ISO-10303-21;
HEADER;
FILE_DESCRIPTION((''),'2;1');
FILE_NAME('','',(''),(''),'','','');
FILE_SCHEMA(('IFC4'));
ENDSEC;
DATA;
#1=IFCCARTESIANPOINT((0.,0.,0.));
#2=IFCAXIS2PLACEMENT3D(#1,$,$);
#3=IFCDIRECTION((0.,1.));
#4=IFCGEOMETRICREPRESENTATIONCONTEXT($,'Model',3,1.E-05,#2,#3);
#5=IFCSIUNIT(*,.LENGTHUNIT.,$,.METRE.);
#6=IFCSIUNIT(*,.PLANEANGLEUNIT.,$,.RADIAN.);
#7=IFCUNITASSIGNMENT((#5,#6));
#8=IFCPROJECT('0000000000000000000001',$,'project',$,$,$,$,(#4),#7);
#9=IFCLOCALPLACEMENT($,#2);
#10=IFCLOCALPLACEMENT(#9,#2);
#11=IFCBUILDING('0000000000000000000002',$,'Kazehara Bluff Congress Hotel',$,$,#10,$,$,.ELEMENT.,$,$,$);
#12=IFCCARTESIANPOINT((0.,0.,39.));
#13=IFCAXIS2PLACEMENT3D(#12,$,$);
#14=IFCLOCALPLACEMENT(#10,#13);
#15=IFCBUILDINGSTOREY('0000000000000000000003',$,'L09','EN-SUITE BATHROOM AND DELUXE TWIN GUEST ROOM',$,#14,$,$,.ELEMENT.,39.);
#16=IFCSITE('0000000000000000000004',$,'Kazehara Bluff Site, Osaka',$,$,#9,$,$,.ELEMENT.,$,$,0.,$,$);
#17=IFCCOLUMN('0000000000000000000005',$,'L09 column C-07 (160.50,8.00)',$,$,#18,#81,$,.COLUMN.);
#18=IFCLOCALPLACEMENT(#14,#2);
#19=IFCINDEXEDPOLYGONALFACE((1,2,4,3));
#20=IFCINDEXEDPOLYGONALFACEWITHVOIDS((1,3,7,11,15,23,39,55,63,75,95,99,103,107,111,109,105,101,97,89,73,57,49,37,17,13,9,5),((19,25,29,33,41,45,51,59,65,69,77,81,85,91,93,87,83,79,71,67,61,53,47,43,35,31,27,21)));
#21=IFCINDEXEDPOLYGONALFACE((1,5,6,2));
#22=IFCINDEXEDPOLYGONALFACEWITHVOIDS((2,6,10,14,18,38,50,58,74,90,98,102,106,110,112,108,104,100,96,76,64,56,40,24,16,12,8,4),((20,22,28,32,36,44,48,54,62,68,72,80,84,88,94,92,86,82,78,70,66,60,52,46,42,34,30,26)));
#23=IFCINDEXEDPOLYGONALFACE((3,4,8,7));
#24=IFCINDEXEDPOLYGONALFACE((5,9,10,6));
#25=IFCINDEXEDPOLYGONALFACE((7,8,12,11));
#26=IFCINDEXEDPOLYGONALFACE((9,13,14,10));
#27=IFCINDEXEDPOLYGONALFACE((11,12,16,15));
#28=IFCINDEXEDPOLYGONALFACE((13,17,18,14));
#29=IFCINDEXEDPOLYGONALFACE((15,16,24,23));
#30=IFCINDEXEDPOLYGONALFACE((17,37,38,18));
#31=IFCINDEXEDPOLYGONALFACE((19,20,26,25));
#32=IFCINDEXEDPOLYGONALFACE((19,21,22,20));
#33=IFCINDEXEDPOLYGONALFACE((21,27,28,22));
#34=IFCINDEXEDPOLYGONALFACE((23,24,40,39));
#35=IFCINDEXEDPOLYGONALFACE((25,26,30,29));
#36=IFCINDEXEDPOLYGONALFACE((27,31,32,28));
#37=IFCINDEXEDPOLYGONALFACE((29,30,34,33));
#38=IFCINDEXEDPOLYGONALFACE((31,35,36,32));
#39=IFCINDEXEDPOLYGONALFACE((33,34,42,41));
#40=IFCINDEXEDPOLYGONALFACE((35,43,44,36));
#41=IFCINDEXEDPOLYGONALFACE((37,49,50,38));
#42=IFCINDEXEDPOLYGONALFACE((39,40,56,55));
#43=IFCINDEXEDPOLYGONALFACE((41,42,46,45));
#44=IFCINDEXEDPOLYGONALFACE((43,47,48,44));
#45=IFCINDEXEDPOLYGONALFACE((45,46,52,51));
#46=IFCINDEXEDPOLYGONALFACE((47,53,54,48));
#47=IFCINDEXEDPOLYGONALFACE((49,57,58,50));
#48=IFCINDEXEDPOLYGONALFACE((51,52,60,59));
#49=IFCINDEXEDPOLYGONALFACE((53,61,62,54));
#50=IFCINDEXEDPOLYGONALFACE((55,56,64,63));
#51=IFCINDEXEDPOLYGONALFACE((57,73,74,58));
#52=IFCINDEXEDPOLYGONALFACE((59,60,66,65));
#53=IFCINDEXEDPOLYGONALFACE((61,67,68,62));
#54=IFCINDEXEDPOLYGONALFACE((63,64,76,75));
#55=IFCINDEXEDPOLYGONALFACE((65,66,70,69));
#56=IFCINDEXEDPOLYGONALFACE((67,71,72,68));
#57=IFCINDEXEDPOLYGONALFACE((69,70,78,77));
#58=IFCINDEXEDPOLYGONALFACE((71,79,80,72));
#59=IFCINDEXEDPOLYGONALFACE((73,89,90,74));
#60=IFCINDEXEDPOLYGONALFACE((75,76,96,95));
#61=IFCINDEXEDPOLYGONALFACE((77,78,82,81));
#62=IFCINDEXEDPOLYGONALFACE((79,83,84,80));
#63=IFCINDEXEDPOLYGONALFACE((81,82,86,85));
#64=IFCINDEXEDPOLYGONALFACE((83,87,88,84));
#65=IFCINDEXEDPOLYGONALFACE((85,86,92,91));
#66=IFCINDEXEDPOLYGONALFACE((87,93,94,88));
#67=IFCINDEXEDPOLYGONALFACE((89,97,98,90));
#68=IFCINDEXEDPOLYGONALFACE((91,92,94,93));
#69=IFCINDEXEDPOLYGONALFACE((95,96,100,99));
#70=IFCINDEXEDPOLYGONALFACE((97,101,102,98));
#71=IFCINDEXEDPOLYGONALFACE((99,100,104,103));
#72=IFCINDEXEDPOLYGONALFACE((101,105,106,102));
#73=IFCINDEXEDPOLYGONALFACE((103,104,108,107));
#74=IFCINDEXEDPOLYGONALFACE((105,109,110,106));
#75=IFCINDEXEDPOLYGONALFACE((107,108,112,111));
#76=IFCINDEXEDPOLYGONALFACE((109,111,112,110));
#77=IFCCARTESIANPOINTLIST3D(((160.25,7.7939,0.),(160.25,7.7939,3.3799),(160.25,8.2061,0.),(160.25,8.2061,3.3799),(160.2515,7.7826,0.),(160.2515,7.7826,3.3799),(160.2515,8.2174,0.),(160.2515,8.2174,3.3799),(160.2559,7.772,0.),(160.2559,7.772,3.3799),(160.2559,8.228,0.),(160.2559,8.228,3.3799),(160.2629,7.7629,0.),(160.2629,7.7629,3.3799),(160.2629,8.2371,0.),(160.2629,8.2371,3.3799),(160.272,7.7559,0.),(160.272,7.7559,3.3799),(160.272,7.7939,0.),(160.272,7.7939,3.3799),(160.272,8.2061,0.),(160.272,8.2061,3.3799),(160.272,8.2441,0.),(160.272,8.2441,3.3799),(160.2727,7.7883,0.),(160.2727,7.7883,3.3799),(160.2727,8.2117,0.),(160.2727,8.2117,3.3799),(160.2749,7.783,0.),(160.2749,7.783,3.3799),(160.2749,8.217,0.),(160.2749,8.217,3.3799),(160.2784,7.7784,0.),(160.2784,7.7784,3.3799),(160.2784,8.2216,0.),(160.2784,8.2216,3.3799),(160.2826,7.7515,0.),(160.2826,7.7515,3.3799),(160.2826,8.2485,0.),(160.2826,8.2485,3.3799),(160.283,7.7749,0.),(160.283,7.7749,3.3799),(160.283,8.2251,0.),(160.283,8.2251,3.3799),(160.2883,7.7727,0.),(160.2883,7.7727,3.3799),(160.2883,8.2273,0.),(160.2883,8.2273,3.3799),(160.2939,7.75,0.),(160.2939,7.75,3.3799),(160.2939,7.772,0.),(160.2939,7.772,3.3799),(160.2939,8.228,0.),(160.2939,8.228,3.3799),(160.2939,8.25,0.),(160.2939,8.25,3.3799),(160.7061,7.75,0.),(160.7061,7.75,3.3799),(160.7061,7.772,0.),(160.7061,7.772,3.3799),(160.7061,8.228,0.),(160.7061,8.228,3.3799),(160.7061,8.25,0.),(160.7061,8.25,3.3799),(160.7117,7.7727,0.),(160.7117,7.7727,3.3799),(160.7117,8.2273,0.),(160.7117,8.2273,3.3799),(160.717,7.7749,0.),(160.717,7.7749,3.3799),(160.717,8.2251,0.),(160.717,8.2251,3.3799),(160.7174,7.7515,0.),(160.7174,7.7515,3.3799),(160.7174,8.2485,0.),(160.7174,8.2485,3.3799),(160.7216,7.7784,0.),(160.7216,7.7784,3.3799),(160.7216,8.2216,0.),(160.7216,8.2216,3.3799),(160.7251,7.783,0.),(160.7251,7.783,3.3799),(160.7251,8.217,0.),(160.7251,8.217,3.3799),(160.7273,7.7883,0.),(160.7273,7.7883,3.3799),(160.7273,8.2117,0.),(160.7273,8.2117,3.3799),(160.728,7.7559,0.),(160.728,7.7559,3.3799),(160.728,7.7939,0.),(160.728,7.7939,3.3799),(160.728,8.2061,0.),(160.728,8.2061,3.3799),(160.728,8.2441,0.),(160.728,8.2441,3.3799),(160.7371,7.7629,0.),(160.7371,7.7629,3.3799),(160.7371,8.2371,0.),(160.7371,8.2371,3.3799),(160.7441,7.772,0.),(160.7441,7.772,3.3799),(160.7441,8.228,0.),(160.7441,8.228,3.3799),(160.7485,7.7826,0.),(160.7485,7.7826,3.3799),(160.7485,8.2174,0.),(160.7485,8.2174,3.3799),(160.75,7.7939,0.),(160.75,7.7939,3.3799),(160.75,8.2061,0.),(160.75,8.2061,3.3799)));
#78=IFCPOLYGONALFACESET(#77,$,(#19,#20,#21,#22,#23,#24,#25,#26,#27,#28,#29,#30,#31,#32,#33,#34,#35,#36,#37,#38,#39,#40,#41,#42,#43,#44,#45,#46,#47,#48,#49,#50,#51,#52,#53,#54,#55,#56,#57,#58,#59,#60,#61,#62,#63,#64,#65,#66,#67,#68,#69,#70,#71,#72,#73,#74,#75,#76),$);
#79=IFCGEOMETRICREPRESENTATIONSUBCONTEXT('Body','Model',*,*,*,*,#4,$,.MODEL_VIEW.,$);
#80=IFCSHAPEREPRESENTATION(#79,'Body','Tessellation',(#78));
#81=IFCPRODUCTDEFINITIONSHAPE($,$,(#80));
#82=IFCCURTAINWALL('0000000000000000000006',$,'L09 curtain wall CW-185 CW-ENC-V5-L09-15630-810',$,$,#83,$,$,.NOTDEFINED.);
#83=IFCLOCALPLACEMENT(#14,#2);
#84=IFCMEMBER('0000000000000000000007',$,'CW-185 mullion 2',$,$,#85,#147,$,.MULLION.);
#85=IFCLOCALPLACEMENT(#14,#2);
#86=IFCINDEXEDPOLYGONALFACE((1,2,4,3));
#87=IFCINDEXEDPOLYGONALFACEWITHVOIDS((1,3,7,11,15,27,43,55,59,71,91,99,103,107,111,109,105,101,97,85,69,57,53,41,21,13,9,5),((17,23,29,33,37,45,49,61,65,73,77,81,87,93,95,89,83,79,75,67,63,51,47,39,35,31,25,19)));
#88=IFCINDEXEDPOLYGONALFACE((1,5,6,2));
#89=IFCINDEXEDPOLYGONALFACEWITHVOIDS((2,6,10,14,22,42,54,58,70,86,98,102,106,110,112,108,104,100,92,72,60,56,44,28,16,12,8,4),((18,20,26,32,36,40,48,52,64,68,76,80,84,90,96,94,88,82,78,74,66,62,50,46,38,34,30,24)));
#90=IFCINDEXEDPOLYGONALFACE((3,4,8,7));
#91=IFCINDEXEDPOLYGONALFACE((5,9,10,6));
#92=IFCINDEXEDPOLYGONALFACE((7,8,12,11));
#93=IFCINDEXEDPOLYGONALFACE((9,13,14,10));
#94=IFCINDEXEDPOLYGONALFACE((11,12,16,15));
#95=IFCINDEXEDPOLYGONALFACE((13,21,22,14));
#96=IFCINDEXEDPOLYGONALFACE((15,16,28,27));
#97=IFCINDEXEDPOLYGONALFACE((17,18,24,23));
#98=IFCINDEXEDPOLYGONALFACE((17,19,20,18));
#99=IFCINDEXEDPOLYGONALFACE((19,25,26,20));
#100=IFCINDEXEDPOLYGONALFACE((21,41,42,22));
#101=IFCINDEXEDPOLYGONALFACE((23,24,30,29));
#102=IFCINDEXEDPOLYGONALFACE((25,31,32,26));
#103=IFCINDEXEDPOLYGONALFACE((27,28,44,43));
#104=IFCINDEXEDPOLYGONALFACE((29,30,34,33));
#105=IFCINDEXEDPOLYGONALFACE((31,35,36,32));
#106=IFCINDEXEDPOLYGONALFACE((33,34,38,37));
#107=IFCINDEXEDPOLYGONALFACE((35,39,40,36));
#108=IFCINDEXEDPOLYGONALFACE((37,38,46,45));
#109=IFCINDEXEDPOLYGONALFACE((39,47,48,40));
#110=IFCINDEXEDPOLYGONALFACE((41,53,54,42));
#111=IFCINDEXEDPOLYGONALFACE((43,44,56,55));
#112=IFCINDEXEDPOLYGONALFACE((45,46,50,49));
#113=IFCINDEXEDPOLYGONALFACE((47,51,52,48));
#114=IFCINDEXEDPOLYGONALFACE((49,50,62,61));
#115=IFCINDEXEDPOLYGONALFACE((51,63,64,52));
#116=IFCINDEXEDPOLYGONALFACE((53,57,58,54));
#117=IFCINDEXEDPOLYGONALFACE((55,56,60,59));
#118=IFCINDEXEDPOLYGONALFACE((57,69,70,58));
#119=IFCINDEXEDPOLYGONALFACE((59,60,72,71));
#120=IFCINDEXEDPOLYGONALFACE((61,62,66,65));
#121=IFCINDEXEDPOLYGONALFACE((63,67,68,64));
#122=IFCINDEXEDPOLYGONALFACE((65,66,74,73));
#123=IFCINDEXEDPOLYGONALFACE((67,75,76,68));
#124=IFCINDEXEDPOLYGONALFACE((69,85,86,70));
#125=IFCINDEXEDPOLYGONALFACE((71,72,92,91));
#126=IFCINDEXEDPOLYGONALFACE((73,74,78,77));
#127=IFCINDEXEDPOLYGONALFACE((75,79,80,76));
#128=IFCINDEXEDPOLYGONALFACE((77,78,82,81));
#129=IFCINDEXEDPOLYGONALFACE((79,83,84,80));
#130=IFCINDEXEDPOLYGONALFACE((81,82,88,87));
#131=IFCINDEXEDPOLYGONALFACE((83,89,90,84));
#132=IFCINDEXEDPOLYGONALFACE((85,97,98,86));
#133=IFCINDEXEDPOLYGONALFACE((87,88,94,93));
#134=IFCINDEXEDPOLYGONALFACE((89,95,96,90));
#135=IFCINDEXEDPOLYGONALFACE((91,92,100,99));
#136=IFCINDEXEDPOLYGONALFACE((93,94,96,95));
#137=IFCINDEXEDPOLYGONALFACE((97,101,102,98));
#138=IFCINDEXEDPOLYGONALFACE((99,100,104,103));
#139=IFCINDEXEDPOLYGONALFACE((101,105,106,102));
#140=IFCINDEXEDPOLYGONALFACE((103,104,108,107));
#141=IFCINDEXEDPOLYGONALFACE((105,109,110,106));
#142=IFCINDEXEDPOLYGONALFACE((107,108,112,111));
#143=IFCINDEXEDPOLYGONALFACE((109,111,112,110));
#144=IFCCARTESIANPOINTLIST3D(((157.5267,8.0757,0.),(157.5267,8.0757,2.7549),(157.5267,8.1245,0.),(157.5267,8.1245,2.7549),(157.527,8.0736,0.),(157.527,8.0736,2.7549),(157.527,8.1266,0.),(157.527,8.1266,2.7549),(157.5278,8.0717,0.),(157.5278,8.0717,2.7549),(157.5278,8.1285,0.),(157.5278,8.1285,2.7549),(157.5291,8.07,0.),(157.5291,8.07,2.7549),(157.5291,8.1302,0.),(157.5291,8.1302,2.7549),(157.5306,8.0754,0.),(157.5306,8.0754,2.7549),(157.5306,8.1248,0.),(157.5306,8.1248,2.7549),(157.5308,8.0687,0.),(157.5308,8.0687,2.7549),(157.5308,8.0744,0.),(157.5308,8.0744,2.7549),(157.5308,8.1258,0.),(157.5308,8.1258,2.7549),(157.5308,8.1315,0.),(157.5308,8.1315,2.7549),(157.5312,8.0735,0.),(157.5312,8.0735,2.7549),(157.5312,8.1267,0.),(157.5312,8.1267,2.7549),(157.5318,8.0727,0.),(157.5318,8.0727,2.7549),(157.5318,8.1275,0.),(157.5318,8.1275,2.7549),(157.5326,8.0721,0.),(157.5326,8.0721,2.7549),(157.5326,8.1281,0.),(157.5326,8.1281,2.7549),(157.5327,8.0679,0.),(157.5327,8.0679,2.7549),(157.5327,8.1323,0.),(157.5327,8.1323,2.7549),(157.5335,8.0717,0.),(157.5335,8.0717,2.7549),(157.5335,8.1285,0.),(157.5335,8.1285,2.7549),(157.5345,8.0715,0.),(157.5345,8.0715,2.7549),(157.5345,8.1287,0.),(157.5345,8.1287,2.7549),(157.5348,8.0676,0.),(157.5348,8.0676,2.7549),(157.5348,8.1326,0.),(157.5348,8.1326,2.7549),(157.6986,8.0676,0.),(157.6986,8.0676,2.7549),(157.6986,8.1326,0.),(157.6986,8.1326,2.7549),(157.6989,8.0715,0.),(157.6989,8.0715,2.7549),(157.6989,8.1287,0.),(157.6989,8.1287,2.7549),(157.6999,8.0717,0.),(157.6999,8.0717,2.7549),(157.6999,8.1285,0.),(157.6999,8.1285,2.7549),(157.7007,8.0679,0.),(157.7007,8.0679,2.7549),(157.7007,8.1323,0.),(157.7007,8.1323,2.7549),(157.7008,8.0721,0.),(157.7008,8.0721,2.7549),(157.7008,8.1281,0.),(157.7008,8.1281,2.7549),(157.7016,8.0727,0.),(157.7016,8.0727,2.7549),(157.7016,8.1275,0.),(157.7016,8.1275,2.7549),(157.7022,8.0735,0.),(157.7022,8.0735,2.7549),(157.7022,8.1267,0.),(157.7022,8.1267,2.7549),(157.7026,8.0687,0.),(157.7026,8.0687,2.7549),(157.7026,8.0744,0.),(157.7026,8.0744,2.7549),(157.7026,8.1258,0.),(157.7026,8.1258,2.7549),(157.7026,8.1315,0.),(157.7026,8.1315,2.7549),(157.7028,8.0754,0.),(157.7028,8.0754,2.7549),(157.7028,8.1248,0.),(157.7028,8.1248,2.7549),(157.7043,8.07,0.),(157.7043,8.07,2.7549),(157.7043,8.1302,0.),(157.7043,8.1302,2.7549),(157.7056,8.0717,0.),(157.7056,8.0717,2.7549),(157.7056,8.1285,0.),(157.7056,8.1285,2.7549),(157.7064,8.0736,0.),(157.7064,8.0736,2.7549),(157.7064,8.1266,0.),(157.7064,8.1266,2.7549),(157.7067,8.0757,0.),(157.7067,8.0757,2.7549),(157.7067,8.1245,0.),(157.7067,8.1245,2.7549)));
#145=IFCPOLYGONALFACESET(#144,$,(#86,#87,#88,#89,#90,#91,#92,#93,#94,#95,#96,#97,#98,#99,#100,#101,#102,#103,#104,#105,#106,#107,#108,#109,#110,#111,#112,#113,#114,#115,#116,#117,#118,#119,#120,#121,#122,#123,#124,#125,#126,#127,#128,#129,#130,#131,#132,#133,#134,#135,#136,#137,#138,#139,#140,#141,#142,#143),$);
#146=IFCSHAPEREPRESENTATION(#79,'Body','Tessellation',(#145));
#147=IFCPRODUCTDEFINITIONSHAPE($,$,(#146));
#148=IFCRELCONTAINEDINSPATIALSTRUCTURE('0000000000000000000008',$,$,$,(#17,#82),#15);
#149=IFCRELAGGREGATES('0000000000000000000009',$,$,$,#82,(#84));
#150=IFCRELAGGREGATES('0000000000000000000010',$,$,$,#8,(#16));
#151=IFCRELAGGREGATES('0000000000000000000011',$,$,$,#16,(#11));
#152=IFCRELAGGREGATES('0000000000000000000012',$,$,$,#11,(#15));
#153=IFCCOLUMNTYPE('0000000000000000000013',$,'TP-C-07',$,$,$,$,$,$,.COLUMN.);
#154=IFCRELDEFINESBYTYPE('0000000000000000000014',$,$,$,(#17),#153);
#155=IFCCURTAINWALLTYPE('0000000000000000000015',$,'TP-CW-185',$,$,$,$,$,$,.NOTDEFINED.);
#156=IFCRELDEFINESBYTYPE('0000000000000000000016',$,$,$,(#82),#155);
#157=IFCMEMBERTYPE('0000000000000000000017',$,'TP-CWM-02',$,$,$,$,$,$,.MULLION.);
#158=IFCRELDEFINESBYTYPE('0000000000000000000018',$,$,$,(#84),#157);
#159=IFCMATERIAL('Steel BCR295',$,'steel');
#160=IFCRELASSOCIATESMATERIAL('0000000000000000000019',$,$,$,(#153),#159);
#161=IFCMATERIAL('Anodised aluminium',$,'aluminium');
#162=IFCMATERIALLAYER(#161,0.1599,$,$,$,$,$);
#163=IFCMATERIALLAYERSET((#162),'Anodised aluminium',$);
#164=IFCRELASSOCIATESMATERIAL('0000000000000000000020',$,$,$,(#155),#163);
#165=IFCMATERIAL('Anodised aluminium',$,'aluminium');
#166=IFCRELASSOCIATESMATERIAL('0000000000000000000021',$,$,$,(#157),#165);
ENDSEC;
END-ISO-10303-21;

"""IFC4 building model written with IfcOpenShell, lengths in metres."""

from ifc_helpers import new_model, si_unit, direction, frame, origin, origin_2d, place, context, subcontext, project, spatial, hollow_rectangle, extrude, material, layer, layer_set, material_profile, profile_set, type_object, element, aggregate, save


model = new_model("IFC4")

# Units and contexts
model_context = context("Model", 3, precision=1e-05, world=origin(), true_north=direction((0.0, 1.0)))
body_context = subcontext(model_context, "Body", "Model", "MODEL_VIEW")
ifc_project = project(units=[si_unit("LENGTHUNIT", "METRE"), si_unit("PLANEANGLEUNIT", "RADIAN")], contexts=[model_context])

# Site, building, storey
site_placement = place(None, origin())
site = spatial("IfcSite", under=ifc_project, at=site_placement, Name="Kazehara Bluff Site, Osaka", CompositionType="ELEMENT", RefElevation=0.0)
building_placement = place(site_placement, origin())
building = spatial("IfcBuilding", under=site, at=building_placement, Name="Kazehara Bluff Congress Hotel", CompositionType="ELEMENT")
storey_placement = place(building_placement, frame((0.0, 0.0, 39.0)))
storey = spatial("IfcBuildingStorey", under=building, at=storey_placement, Name="L09", Description="EN-SUITE BATHROOM AND DELUXE TWIN GUEST ROOM", CompositionType="ELEMENT", Elevation=39.0)

# Column
ifc_material_1 = material(Name="Steel BCR295", Category="steel")
ifc_material_profile_1 = material_profile(ifc_material_1, hollow_rectangle(XDim=0.5, YDim=0.5, WallThickness=0.022, InnerFilletRadius=0.022, OuterFilletRadius=0.0439, at=origin_2d()))
ifc_profile_set_1 = profile_set([ifc_material_profile_1], Name="Steel BCR295")
column_type = type_object("IfcColumnType", Name="TP-C-07", PredefinedType="COLUMN", material=ifc_profile_set_1)
column_placement = place(storey_placement, frame((160.5, 8.0, 0.0), z_axis=(0.0, 0.0, 1.0), x_axis=(1.0, 0.0, 0.0)))
element("IfcColumn", 1, at=column_placement, inside=storey, type_object=column_type, Name="L09 column C-07 (160.50,8.00)", PredefinedType="COLUMN", context=body_context, shape_type="SweptSolid", body=[
    extrude(hollow_rectangle(XDim=0.5, YDim=0.5, WallThickness=0.022, InnerFilletRadius=0.022, OuterFilletRadius=0.0439, at=origin_2d()), origin(), (0.0, 0.0, 1.0), 3.3799),
])

# Curtain wall, member
ifc_material_2 = material(Name="Anodised aluminium", Category="aluminium")
ifc_layer_1 = layer(ifc_material_2, 0.1599)
ifc_layer_set_1 = layer_set([ifc_layer_1], Name="Anodised aluminium")
curtain_wall_type = type_object("IfcCurtainWallType", Name="TP-CW-185", PredefinedType="NOTDEFINED", material=ifc_layer_set_1)
curtain_wall_placement = place(storey_placement, origin())
curtain_wall = element("IfcCurtainWall", 2, at=curtain_wall_placement, inside=storey, type_object=curtain_wall_type, Name="L09 curtain wall CW-185 CW-ENC-V5-L09-15630-810", PredefinedType="NOTDEFINED")
ifc_material_3 = material(Name="Anodised aluminium", Category="aluminium")
ifc_material_profile_2 = material_profile(ifc_material_3, hollow_rectangle(XDim=0.0649, YDim=0.1799, WallThickness=0.0039, InnerFilletRadius=0.0039, OuterFilletRadius=0.0081, at=origin_2d()))
ifc_profile_set_2 = profile_set([ifc_material_profile_2], Name="Anodised aluminium")
member_type_1 = type_object("IfcMemberType", Name="TP-CWM-02", PredefinedType="MULLION", material=ifc_profile_set_2)
member_1_placement = place(storey_placement, frame((157.6167, 8.1001, 0.0), z_axis=(0.0, 0.0, 1.0), x_axis=(0.0, -1.0, 0.0)))
member_1 = element("IfcMember", 3, at=member_1_placement, type_object=member_type_1, Name="CW-185 mullion 2", PredefinedType="MULLION", context=body_context, shape_type="SweptSolid", body=[
    extrude(hollow_rectangle(XDim=0.0649, YDim=0.1799, WallThickness=0.0039, InnerFilletRadius=0.0039, OuterFilletRadius=0.0081, at=origin_2d()), origin(), (0.0, 0.0, 1.0), 2.7549),
])
aggregate(curtain_wall, [member_1])

save(model, "model.ifc")
